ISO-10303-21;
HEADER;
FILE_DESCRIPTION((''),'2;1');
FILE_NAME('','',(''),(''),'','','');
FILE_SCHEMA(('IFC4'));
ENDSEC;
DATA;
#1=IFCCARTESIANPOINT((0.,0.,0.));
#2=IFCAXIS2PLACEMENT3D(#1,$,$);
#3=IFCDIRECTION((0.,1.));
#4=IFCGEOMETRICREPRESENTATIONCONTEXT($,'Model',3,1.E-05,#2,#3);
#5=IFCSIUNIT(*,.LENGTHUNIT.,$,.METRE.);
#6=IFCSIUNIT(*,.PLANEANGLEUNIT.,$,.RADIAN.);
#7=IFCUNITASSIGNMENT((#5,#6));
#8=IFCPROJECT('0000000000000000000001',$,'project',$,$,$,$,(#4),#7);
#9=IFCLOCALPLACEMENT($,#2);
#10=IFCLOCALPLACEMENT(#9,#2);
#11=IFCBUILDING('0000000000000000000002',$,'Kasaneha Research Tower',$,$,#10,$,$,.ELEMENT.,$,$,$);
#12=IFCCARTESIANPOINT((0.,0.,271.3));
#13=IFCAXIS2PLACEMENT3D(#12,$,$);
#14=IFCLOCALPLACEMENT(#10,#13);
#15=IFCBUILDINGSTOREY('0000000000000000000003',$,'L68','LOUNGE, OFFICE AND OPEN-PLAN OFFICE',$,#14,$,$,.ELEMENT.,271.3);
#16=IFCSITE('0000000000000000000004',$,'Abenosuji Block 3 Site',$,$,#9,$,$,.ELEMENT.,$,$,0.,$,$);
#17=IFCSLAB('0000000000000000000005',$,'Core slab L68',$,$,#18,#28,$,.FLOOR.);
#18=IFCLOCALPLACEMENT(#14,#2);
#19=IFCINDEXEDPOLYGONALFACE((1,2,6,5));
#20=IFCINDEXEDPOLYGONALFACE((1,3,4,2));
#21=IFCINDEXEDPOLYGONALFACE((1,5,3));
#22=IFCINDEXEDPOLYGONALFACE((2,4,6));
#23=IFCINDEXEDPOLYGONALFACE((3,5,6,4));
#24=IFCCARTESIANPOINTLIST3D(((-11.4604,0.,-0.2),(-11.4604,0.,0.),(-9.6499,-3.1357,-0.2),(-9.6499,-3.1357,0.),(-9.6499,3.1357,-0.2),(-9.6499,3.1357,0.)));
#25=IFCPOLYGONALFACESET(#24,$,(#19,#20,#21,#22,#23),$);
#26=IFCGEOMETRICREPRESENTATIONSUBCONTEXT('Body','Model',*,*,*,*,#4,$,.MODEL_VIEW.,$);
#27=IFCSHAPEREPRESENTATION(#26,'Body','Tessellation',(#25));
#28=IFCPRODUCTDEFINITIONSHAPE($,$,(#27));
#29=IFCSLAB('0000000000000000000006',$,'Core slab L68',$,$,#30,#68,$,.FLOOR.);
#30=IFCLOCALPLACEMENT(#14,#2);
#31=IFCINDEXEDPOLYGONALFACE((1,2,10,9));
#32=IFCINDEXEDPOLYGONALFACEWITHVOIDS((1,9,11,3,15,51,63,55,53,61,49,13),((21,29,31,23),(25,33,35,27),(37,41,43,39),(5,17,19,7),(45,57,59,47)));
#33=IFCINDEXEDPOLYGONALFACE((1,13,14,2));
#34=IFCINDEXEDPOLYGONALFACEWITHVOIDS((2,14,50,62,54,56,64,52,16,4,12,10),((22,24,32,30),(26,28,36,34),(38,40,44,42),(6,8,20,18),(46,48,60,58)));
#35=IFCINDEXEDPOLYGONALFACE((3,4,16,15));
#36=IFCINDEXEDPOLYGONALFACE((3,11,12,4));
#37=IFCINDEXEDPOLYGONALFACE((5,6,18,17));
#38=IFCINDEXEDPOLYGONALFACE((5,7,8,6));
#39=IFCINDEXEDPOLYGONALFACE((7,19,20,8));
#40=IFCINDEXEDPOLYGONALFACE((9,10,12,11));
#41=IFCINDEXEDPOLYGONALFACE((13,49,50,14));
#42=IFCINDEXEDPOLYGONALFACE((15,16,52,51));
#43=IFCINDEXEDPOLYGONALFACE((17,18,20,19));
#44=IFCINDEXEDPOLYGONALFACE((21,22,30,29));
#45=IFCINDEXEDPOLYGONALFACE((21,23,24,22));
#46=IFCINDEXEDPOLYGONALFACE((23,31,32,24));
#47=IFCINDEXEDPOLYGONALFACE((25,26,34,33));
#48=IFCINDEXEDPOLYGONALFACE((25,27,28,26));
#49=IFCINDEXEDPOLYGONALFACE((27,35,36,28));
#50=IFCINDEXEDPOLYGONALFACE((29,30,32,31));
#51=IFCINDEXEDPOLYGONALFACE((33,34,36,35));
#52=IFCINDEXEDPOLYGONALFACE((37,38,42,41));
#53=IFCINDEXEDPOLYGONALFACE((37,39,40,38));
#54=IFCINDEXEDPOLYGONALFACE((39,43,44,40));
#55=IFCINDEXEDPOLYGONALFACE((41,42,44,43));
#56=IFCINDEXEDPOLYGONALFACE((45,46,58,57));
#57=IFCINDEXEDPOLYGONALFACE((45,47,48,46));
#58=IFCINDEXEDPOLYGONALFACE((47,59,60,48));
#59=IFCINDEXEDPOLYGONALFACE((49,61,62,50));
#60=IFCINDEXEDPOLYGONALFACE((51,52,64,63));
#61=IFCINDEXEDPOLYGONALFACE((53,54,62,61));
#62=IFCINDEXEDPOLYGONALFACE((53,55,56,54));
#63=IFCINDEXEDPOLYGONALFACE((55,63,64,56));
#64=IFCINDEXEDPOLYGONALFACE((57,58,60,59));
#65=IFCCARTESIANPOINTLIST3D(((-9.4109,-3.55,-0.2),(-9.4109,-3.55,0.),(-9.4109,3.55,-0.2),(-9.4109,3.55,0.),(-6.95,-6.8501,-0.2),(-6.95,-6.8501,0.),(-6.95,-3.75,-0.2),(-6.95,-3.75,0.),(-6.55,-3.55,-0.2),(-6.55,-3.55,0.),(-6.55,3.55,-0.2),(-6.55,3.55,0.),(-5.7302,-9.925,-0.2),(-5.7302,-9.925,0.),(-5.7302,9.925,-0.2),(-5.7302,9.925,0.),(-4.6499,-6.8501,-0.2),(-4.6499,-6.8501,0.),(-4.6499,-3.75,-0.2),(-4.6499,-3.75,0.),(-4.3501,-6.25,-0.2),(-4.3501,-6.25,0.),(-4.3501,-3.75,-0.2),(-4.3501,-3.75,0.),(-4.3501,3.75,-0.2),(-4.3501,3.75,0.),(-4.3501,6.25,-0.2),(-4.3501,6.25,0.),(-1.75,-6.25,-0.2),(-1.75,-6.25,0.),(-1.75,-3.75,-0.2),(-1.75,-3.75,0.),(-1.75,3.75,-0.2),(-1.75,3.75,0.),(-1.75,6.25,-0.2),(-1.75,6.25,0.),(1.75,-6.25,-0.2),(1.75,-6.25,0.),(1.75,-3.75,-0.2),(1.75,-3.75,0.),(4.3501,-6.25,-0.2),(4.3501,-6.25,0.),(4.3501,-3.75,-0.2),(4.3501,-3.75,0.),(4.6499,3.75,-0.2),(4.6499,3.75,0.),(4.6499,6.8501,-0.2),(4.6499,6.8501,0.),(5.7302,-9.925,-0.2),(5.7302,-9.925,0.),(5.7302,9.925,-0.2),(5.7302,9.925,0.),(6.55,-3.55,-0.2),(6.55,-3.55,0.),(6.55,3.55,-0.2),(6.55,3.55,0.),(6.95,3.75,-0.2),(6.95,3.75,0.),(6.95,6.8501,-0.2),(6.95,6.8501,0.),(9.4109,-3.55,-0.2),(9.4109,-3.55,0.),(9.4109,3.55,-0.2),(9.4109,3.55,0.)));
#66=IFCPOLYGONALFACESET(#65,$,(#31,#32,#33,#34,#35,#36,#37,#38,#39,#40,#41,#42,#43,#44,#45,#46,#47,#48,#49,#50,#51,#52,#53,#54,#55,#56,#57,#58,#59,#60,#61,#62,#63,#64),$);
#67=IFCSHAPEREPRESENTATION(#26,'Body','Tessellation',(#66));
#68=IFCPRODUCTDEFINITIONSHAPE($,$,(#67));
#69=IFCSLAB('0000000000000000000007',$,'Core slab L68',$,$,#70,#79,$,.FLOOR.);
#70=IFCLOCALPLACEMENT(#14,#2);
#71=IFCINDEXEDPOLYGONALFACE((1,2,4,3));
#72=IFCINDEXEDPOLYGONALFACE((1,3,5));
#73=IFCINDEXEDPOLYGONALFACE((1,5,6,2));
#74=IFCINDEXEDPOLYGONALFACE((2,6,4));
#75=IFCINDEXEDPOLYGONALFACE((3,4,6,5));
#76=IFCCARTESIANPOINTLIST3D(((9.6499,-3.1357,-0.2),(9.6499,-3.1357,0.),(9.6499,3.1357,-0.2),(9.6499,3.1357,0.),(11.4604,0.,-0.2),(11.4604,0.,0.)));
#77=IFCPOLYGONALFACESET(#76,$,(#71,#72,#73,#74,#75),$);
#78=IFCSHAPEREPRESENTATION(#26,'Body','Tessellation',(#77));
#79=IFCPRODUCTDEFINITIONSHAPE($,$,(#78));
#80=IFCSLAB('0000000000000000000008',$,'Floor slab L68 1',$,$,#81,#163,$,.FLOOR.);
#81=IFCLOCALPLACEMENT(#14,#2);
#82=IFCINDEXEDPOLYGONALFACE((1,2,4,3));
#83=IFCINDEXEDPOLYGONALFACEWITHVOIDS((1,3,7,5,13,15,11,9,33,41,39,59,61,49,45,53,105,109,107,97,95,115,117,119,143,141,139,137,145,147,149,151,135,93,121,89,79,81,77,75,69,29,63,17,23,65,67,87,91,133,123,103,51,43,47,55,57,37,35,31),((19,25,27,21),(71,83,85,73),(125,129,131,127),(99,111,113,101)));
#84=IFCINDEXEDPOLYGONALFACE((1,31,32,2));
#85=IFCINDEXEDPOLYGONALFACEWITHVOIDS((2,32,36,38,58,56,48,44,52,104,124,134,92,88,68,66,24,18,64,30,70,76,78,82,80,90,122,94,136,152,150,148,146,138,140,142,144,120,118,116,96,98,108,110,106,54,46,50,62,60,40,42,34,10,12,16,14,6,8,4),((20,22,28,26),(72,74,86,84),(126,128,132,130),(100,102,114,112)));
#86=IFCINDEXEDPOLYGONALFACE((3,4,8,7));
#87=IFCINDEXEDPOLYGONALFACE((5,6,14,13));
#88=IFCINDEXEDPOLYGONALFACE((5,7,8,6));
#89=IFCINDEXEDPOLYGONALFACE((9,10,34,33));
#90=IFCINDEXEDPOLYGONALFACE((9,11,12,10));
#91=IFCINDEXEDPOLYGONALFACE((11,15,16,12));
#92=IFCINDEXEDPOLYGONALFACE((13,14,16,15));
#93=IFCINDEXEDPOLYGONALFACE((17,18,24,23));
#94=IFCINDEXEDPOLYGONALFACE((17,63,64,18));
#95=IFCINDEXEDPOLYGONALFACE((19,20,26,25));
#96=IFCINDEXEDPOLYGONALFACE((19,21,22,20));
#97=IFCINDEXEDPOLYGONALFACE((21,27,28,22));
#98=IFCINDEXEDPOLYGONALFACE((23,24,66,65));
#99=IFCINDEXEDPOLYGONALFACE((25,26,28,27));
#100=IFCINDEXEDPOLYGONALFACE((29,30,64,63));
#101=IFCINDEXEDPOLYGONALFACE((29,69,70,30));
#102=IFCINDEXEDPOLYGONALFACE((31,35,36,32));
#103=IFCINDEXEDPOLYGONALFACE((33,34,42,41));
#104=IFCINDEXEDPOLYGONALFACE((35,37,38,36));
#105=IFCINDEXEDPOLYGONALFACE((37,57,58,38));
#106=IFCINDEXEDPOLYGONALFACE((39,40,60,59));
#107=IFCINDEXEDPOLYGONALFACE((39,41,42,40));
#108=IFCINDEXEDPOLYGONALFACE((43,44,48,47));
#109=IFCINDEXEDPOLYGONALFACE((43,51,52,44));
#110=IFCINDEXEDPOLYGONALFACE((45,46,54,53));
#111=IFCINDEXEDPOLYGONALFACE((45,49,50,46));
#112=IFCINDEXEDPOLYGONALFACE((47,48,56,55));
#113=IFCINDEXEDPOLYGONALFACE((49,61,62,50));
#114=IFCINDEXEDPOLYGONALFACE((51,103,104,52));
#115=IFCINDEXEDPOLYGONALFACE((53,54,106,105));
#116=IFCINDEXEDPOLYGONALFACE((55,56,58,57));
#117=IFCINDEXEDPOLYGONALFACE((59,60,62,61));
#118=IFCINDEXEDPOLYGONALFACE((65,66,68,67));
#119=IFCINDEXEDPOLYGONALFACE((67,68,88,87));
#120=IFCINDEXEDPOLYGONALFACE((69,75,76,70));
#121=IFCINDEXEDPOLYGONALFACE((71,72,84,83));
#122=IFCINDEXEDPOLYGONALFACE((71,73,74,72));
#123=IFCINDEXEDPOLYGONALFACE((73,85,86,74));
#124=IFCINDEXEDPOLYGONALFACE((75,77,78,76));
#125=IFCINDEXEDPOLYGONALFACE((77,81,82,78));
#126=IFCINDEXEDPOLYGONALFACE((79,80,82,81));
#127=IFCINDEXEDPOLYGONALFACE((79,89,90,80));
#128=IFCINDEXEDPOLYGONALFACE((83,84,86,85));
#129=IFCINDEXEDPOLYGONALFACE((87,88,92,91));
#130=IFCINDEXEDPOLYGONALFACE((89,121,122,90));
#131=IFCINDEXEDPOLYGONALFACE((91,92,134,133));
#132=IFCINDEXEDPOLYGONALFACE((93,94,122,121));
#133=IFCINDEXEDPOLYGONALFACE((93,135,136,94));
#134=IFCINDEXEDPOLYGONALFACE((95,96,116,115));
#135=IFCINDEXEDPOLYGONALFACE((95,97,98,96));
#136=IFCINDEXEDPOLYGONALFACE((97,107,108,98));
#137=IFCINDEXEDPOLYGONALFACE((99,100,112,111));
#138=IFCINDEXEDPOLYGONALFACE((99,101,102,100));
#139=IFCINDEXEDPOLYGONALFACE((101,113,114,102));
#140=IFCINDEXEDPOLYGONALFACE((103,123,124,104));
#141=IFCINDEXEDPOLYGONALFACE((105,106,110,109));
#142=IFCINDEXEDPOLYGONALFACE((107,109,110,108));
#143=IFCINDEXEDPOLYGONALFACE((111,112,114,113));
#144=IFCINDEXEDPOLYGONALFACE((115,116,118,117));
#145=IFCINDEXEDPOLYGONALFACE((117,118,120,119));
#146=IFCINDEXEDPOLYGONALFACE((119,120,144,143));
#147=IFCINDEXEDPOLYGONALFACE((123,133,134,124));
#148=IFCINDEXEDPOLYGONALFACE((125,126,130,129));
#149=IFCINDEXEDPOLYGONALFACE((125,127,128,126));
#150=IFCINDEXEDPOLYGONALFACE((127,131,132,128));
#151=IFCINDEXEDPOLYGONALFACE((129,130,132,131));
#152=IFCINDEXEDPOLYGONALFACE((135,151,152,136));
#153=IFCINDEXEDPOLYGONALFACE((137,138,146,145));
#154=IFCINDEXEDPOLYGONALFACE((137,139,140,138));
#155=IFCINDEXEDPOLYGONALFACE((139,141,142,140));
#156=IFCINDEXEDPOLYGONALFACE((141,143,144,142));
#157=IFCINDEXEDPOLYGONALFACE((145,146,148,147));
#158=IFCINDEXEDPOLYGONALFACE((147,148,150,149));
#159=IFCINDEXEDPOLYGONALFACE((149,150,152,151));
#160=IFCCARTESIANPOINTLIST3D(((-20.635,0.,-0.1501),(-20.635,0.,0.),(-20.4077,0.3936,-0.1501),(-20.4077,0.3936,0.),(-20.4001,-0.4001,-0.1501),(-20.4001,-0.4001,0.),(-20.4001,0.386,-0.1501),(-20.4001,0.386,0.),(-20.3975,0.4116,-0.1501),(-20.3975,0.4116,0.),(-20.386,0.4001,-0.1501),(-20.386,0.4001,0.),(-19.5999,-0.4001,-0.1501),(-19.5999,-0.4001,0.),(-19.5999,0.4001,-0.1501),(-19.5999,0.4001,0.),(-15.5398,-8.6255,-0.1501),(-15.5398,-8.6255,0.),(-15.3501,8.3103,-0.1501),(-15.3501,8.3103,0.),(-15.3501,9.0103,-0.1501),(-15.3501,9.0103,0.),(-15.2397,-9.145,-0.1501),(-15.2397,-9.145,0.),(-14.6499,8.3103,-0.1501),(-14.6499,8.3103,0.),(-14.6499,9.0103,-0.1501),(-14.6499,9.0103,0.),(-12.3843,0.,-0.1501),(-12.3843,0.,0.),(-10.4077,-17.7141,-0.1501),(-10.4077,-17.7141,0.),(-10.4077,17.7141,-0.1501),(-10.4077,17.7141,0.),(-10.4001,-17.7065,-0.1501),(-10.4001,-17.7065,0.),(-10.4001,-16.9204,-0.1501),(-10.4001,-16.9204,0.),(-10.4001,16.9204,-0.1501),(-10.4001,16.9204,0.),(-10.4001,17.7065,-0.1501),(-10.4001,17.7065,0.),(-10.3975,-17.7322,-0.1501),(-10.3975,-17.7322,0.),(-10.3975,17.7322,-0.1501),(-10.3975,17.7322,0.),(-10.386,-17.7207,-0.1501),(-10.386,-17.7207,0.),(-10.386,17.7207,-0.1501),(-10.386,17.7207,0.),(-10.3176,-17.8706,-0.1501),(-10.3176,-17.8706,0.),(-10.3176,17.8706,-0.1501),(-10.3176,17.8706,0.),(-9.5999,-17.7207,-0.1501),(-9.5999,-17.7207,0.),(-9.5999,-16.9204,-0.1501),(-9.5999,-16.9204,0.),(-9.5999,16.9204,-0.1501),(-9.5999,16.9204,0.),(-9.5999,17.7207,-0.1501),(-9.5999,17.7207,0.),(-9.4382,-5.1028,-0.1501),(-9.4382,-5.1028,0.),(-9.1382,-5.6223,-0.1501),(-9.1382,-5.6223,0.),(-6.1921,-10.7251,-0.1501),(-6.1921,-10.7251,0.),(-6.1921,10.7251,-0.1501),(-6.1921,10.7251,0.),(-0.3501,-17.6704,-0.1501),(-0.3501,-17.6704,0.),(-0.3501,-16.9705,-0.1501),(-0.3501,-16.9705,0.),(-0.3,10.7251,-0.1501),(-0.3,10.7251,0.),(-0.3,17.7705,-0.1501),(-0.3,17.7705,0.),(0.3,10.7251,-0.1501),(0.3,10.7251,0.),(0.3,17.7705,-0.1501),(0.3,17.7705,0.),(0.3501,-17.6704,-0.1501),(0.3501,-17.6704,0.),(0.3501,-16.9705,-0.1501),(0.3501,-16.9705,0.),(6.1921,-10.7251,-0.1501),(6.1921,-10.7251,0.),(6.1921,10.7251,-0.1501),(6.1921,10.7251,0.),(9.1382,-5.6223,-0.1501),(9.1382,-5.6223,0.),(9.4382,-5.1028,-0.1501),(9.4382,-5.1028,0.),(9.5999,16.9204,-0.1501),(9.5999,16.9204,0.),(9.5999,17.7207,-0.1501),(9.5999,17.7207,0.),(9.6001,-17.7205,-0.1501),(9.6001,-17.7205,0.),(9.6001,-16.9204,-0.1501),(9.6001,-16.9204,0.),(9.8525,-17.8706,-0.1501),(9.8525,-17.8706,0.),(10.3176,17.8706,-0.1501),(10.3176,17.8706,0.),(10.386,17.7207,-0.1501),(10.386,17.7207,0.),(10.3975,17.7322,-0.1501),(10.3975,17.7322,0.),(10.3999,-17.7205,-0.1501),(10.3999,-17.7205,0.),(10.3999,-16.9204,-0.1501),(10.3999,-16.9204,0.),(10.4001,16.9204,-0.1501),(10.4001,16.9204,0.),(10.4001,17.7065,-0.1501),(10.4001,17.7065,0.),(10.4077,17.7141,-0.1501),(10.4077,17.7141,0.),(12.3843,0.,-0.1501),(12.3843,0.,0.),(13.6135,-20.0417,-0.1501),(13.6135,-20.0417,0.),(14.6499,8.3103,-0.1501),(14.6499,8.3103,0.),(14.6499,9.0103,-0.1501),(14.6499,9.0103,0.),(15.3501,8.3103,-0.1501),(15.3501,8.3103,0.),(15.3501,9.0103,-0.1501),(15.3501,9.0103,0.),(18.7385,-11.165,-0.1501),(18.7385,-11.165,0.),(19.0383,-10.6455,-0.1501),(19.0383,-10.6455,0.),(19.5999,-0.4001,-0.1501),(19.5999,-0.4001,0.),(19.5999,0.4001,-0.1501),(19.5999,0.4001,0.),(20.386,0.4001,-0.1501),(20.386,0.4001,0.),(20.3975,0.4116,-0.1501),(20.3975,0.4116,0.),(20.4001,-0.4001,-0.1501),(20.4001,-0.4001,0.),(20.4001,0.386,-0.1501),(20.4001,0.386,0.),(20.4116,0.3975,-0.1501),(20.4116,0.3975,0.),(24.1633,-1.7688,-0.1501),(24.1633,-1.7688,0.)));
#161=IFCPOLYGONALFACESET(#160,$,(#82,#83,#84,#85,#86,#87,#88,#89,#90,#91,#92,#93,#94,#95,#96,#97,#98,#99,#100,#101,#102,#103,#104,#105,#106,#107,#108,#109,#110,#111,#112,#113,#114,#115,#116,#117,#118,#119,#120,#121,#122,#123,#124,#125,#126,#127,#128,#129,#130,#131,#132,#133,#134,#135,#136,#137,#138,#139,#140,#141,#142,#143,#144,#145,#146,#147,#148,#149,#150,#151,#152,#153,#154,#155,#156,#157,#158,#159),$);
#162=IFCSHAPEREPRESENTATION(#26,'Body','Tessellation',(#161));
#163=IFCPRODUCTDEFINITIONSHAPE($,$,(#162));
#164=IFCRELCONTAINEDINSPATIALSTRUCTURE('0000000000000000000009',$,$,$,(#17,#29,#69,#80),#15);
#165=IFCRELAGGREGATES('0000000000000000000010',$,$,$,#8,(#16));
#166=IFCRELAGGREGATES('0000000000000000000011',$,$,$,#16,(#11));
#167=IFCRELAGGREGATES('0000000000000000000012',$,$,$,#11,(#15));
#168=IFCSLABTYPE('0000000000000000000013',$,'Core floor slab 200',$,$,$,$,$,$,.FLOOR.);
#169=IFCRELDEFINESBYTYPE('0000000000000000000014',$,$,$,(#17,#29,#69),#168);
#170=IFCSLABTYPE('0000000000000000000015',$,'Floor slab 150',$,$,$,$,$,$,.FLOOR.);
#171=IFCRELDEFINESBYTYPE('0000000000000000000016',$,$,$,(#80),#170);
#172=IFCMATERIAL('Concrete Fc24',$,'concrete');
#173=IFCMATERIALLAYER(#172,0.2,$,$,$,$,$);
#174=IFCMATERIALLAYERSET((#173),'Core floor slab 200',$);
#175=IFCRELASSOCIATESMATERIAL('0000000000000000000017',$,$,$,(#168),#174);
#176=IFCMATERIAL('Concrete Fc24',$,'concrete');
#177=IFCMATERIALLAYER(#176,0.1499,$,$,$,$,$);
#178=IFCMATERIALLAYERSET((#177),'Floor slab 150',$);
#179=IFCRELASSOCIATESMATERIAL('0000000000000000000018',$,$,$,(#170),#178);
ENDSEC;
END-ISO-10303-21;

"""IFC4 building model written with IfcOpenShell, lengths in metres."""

from ifc_helpers import new_model, si_unit, direction, frame, origin, place, context, subcontext, project, spatial, polyline, outline, extrude, material, layer, layer_set, type_object, element, save


model = new_model("IFC4")

# Units and contexts
model_context = context("Model", 3, precision=1e-05, world=origin(), true_north=direction((0.0, 1.0)))
body_context = subcontext(model_context, "Body", "Model", "MODEL_VIEW")
ifc_project = project(units=[si_unit("LENGTHUNIT", "METRE"), si_unit("PLANEANGLEUNIT", "RADIAN")], contexts=[model_context])

# Site, building, storey
site_placement = place(None, origin())
site = spatial("IfcSite", under=ifc_project, at=site_placement, Name="Abenosuji Block 3 Site", CompositionType="ELEMENT", RefElevation=0.0)
building_placement = place(site_placement, origin())
building = spatial("IfcBuilding", under=site, at=building_placement, Name="Kasaneha Research Tower", CompositionType="ELEMENT")
storey_placement = place(building_placement, frame((0.0, 0.0, 271.3)))
storey = spatial("IfcBuildingStorey", under=building, at=storey_placement, Name="L68", Description="LOUNGE, OFFICE AND OPEN-PLAN OFFICE", CompositionType="ELEMENT", Elevation=271.3)

# Slabs
ifc_material_1 = material(Name="Concrete Fc24", Category="concrete")
ifc_layer_1 = layer(ifc_material_1, 0.2)
ifc_layer_set_1 = layer_set([ifc_layer_1], Name="Core floor slab 200")
slab_type_1 = type_object("IfcSlabType", Name="Core floor slab 200", PredefinedType="FLOOR", material=ifc_layer_set_1)
slab_1_placement = place(storey_placement, frame((0.0, 0.0, -0.2)))
element("IfcSlab", 1, at=slab_1_placement, inside=storey, type_object=slab_type_1, Name="Core slab L68", PredefinedType="FLOOR", context=body_context, shape_type="SweptSolid", body=[
    extrude(outline(polyline([(-11.4604, 0.0), (-9.6499, 3.1357), (-9.6499, -3.1357), (-11.4604, 0.0)])), origin(), (0.0, 0.0, 1.0), 0.2),
])
slab_2_placement = place(storey_placement, frame((0.0, 0.0, -0.2)))
element("IfcSlab", 2, at=slab_2_placement, inside=storey, type_object=slab_type_1, Name="Core slab L68", PredefinedType="FLOOR", context=body_context, shape_type="SweptSolid", body=[
    extrude(outline(polyline([(-5.7302, 9.925), (5.7302, 9.925), (9.4109, 3.55), (6.55, 3.55), (6.55, -3.55), (9.4109, -3.55), (5.7302, -9.925), (-5.7302, -9.925), (-9.4109, -3.55), (-6.55, -3.55), (-6.55, 3.55), (-9.4109, 3.55), (-5.7302, 9.925)]), holes=[polyline([(-6.95, -6.8501), (-4.6499, -6.8501), (-4.6499, -3.75), (-6.95, -3.75), (-6.95, -6.8501)]), polyline([(-4.3501, -3.75), (-4.3501, -6.25), (-1.75, -6.25), (-1.75, -3.75), (-4.3501, -3.75)]), polyline([(1.75, -3.75), (1.75, -6.25), (4.3501, -6.25), (4.3501, -3.75), (1.75, -3.75)]), polyline([(-4.3501, 6.25), (-4.3501, 3.75), (-1.75, 3.75), (-1.75, 6.25), (-4.3501, 6.25)]), polyline([(4.6499, 6.8501), (4.6499, 3.75), (6.95, 3.75), (6.95, 6.8501), (4.6499, 6.8501)])]), origin(), (0.0, 0.0, 1.0), 0.2),
])
slab_3_placement = place(storey_placement, frame((0.0, 0.0, -0.2)))
element("IfcSlab", 3, at=slab_3_placement, inside=storey, type_object=slab_type_1, Name="Core slab L68", PredefinedType="FLOOR", context=body_context, shape_type="SweptSolid", body=[
    extrude(outline(polyline([(11.4604, 0.0), (9.6499, -3.1357), (9.6499, 3.1357), (11.4604, 0.0)])), origin(), (0.0, 0.0, 1.0), 0.2),
])
ifc_material_2 = material(Name="Concrete Fc24", Category="concrete")
ifc_layer_2 = layer(ifc_material_2, 0.1499)
ifc_layer_set_2 = layer_set([ifc_layer_2], Name="Floor slab 150")
slab_type_2 = type_object("IfcSlabType", Name="Floor slab 150", PredefinedType="FLOOR", material=ifc_layer_set_2)
slab_4_placement = place(storey_placement, frame((0.0, 0.0, -0.1501)))
element("IfcSlab", 4, at=slab_4_placement, inside=storey, type_object=slab_type_2, Name="Floor slab L68 1", PredefinedType="FLOOR", context=body_context, shape_type="SweptSolid", body=[
    extrude(outline(polyline([(-10.3176, -17.8706), (-10.3975, -17.7322), (-10.386, -17.7207), (-9.5999, -17.7207), (-9.5999, -16.9204), (-10.4001, -16.9204), (-10.4001, -17.7065), (-10.4077, -17.7141), (-20.635, 0.0), (-20.4077, 0.3936), (-20.4001, 0.386), (-20.4001, -0.4001), (-19.5999, -0.4001), (-19.5999, 0.4001), (-20.386, 0.4001), (-20.3975, 0.4116), (-10.4077, 17.7141), (-10.4001, 17.7065), (-10.4001, 16.9204), (-9.5999, 16.9204), (-9.5999, 17.7207), (-10.386, 17.7207), (-10.3975, 17.7322), (-10.3176, 17.8706), (10.3176, 17.8706), (10.3975, 17.7322), (10.386, 17.7207), (9.5999, 17.7207), (9.5999, 16.9204), (10.4001, 16.9204), (10.4001, 17.7065), (10.4077, 17.7141), (20.3975, 0.4116), (20.386, 0.4001), (19.5999, 0.4001), (19.5999, -0.4001), (20.4001, -0.4001), (20.4001, 0.386), (20.4116, 0.3975), (24.1633, -1.7688), (19.0383, -10.6455), (9.4382, -5.1028), (12.3843, 0.0), (6.1921, 10.7251), (0.3, 10.7251), (0.3, 17.7705), (-0.3, 17.7705), (-0.3, 10.7251), (-6.1921, 10.7251), (-12.3843, 0.0), (-9.4382, -5.1028), (-15.5398, -8.6255), (-15.2397, -9.145), (-9.1382, -5.6223), (-6.1921, -10.7251), (6.1921, -10.7251), (9.1382, -5.6223), (18.7385, -11.165), (13.6135, -20.0417), (9.8525, -17.8706), (-10.3176, -17.8706)]), holes=[polyline([(0.3501, -17.6704), (0.3501, -16.9705), (-0.3501, -16.9705), (-0.3501, -17.6704), (0.3501, -17.6704)]), polyline([(-15.3501, 8.3103), (-14.6499, 8.3103), (-14.6499, 9.0103), (-15.3501, 9.0103), (-15.3501, 8.3103)]), polyline([(9.6001, -17.7205), (10.3999, -17.7205), (10.3999, -16.9204), (9.6001, -16.9204), (9.6001, -17.7205)]), polyline([(14.6499, 8.3103), (15.3501, 8.3103), (15.3501, 9.0103), (14.6499, 9.0103), (14.6499, 8.3103)])]), origin(), (0.0, 0.0, 1.0), 0.1501),
])

save(model, "model.ifc")
